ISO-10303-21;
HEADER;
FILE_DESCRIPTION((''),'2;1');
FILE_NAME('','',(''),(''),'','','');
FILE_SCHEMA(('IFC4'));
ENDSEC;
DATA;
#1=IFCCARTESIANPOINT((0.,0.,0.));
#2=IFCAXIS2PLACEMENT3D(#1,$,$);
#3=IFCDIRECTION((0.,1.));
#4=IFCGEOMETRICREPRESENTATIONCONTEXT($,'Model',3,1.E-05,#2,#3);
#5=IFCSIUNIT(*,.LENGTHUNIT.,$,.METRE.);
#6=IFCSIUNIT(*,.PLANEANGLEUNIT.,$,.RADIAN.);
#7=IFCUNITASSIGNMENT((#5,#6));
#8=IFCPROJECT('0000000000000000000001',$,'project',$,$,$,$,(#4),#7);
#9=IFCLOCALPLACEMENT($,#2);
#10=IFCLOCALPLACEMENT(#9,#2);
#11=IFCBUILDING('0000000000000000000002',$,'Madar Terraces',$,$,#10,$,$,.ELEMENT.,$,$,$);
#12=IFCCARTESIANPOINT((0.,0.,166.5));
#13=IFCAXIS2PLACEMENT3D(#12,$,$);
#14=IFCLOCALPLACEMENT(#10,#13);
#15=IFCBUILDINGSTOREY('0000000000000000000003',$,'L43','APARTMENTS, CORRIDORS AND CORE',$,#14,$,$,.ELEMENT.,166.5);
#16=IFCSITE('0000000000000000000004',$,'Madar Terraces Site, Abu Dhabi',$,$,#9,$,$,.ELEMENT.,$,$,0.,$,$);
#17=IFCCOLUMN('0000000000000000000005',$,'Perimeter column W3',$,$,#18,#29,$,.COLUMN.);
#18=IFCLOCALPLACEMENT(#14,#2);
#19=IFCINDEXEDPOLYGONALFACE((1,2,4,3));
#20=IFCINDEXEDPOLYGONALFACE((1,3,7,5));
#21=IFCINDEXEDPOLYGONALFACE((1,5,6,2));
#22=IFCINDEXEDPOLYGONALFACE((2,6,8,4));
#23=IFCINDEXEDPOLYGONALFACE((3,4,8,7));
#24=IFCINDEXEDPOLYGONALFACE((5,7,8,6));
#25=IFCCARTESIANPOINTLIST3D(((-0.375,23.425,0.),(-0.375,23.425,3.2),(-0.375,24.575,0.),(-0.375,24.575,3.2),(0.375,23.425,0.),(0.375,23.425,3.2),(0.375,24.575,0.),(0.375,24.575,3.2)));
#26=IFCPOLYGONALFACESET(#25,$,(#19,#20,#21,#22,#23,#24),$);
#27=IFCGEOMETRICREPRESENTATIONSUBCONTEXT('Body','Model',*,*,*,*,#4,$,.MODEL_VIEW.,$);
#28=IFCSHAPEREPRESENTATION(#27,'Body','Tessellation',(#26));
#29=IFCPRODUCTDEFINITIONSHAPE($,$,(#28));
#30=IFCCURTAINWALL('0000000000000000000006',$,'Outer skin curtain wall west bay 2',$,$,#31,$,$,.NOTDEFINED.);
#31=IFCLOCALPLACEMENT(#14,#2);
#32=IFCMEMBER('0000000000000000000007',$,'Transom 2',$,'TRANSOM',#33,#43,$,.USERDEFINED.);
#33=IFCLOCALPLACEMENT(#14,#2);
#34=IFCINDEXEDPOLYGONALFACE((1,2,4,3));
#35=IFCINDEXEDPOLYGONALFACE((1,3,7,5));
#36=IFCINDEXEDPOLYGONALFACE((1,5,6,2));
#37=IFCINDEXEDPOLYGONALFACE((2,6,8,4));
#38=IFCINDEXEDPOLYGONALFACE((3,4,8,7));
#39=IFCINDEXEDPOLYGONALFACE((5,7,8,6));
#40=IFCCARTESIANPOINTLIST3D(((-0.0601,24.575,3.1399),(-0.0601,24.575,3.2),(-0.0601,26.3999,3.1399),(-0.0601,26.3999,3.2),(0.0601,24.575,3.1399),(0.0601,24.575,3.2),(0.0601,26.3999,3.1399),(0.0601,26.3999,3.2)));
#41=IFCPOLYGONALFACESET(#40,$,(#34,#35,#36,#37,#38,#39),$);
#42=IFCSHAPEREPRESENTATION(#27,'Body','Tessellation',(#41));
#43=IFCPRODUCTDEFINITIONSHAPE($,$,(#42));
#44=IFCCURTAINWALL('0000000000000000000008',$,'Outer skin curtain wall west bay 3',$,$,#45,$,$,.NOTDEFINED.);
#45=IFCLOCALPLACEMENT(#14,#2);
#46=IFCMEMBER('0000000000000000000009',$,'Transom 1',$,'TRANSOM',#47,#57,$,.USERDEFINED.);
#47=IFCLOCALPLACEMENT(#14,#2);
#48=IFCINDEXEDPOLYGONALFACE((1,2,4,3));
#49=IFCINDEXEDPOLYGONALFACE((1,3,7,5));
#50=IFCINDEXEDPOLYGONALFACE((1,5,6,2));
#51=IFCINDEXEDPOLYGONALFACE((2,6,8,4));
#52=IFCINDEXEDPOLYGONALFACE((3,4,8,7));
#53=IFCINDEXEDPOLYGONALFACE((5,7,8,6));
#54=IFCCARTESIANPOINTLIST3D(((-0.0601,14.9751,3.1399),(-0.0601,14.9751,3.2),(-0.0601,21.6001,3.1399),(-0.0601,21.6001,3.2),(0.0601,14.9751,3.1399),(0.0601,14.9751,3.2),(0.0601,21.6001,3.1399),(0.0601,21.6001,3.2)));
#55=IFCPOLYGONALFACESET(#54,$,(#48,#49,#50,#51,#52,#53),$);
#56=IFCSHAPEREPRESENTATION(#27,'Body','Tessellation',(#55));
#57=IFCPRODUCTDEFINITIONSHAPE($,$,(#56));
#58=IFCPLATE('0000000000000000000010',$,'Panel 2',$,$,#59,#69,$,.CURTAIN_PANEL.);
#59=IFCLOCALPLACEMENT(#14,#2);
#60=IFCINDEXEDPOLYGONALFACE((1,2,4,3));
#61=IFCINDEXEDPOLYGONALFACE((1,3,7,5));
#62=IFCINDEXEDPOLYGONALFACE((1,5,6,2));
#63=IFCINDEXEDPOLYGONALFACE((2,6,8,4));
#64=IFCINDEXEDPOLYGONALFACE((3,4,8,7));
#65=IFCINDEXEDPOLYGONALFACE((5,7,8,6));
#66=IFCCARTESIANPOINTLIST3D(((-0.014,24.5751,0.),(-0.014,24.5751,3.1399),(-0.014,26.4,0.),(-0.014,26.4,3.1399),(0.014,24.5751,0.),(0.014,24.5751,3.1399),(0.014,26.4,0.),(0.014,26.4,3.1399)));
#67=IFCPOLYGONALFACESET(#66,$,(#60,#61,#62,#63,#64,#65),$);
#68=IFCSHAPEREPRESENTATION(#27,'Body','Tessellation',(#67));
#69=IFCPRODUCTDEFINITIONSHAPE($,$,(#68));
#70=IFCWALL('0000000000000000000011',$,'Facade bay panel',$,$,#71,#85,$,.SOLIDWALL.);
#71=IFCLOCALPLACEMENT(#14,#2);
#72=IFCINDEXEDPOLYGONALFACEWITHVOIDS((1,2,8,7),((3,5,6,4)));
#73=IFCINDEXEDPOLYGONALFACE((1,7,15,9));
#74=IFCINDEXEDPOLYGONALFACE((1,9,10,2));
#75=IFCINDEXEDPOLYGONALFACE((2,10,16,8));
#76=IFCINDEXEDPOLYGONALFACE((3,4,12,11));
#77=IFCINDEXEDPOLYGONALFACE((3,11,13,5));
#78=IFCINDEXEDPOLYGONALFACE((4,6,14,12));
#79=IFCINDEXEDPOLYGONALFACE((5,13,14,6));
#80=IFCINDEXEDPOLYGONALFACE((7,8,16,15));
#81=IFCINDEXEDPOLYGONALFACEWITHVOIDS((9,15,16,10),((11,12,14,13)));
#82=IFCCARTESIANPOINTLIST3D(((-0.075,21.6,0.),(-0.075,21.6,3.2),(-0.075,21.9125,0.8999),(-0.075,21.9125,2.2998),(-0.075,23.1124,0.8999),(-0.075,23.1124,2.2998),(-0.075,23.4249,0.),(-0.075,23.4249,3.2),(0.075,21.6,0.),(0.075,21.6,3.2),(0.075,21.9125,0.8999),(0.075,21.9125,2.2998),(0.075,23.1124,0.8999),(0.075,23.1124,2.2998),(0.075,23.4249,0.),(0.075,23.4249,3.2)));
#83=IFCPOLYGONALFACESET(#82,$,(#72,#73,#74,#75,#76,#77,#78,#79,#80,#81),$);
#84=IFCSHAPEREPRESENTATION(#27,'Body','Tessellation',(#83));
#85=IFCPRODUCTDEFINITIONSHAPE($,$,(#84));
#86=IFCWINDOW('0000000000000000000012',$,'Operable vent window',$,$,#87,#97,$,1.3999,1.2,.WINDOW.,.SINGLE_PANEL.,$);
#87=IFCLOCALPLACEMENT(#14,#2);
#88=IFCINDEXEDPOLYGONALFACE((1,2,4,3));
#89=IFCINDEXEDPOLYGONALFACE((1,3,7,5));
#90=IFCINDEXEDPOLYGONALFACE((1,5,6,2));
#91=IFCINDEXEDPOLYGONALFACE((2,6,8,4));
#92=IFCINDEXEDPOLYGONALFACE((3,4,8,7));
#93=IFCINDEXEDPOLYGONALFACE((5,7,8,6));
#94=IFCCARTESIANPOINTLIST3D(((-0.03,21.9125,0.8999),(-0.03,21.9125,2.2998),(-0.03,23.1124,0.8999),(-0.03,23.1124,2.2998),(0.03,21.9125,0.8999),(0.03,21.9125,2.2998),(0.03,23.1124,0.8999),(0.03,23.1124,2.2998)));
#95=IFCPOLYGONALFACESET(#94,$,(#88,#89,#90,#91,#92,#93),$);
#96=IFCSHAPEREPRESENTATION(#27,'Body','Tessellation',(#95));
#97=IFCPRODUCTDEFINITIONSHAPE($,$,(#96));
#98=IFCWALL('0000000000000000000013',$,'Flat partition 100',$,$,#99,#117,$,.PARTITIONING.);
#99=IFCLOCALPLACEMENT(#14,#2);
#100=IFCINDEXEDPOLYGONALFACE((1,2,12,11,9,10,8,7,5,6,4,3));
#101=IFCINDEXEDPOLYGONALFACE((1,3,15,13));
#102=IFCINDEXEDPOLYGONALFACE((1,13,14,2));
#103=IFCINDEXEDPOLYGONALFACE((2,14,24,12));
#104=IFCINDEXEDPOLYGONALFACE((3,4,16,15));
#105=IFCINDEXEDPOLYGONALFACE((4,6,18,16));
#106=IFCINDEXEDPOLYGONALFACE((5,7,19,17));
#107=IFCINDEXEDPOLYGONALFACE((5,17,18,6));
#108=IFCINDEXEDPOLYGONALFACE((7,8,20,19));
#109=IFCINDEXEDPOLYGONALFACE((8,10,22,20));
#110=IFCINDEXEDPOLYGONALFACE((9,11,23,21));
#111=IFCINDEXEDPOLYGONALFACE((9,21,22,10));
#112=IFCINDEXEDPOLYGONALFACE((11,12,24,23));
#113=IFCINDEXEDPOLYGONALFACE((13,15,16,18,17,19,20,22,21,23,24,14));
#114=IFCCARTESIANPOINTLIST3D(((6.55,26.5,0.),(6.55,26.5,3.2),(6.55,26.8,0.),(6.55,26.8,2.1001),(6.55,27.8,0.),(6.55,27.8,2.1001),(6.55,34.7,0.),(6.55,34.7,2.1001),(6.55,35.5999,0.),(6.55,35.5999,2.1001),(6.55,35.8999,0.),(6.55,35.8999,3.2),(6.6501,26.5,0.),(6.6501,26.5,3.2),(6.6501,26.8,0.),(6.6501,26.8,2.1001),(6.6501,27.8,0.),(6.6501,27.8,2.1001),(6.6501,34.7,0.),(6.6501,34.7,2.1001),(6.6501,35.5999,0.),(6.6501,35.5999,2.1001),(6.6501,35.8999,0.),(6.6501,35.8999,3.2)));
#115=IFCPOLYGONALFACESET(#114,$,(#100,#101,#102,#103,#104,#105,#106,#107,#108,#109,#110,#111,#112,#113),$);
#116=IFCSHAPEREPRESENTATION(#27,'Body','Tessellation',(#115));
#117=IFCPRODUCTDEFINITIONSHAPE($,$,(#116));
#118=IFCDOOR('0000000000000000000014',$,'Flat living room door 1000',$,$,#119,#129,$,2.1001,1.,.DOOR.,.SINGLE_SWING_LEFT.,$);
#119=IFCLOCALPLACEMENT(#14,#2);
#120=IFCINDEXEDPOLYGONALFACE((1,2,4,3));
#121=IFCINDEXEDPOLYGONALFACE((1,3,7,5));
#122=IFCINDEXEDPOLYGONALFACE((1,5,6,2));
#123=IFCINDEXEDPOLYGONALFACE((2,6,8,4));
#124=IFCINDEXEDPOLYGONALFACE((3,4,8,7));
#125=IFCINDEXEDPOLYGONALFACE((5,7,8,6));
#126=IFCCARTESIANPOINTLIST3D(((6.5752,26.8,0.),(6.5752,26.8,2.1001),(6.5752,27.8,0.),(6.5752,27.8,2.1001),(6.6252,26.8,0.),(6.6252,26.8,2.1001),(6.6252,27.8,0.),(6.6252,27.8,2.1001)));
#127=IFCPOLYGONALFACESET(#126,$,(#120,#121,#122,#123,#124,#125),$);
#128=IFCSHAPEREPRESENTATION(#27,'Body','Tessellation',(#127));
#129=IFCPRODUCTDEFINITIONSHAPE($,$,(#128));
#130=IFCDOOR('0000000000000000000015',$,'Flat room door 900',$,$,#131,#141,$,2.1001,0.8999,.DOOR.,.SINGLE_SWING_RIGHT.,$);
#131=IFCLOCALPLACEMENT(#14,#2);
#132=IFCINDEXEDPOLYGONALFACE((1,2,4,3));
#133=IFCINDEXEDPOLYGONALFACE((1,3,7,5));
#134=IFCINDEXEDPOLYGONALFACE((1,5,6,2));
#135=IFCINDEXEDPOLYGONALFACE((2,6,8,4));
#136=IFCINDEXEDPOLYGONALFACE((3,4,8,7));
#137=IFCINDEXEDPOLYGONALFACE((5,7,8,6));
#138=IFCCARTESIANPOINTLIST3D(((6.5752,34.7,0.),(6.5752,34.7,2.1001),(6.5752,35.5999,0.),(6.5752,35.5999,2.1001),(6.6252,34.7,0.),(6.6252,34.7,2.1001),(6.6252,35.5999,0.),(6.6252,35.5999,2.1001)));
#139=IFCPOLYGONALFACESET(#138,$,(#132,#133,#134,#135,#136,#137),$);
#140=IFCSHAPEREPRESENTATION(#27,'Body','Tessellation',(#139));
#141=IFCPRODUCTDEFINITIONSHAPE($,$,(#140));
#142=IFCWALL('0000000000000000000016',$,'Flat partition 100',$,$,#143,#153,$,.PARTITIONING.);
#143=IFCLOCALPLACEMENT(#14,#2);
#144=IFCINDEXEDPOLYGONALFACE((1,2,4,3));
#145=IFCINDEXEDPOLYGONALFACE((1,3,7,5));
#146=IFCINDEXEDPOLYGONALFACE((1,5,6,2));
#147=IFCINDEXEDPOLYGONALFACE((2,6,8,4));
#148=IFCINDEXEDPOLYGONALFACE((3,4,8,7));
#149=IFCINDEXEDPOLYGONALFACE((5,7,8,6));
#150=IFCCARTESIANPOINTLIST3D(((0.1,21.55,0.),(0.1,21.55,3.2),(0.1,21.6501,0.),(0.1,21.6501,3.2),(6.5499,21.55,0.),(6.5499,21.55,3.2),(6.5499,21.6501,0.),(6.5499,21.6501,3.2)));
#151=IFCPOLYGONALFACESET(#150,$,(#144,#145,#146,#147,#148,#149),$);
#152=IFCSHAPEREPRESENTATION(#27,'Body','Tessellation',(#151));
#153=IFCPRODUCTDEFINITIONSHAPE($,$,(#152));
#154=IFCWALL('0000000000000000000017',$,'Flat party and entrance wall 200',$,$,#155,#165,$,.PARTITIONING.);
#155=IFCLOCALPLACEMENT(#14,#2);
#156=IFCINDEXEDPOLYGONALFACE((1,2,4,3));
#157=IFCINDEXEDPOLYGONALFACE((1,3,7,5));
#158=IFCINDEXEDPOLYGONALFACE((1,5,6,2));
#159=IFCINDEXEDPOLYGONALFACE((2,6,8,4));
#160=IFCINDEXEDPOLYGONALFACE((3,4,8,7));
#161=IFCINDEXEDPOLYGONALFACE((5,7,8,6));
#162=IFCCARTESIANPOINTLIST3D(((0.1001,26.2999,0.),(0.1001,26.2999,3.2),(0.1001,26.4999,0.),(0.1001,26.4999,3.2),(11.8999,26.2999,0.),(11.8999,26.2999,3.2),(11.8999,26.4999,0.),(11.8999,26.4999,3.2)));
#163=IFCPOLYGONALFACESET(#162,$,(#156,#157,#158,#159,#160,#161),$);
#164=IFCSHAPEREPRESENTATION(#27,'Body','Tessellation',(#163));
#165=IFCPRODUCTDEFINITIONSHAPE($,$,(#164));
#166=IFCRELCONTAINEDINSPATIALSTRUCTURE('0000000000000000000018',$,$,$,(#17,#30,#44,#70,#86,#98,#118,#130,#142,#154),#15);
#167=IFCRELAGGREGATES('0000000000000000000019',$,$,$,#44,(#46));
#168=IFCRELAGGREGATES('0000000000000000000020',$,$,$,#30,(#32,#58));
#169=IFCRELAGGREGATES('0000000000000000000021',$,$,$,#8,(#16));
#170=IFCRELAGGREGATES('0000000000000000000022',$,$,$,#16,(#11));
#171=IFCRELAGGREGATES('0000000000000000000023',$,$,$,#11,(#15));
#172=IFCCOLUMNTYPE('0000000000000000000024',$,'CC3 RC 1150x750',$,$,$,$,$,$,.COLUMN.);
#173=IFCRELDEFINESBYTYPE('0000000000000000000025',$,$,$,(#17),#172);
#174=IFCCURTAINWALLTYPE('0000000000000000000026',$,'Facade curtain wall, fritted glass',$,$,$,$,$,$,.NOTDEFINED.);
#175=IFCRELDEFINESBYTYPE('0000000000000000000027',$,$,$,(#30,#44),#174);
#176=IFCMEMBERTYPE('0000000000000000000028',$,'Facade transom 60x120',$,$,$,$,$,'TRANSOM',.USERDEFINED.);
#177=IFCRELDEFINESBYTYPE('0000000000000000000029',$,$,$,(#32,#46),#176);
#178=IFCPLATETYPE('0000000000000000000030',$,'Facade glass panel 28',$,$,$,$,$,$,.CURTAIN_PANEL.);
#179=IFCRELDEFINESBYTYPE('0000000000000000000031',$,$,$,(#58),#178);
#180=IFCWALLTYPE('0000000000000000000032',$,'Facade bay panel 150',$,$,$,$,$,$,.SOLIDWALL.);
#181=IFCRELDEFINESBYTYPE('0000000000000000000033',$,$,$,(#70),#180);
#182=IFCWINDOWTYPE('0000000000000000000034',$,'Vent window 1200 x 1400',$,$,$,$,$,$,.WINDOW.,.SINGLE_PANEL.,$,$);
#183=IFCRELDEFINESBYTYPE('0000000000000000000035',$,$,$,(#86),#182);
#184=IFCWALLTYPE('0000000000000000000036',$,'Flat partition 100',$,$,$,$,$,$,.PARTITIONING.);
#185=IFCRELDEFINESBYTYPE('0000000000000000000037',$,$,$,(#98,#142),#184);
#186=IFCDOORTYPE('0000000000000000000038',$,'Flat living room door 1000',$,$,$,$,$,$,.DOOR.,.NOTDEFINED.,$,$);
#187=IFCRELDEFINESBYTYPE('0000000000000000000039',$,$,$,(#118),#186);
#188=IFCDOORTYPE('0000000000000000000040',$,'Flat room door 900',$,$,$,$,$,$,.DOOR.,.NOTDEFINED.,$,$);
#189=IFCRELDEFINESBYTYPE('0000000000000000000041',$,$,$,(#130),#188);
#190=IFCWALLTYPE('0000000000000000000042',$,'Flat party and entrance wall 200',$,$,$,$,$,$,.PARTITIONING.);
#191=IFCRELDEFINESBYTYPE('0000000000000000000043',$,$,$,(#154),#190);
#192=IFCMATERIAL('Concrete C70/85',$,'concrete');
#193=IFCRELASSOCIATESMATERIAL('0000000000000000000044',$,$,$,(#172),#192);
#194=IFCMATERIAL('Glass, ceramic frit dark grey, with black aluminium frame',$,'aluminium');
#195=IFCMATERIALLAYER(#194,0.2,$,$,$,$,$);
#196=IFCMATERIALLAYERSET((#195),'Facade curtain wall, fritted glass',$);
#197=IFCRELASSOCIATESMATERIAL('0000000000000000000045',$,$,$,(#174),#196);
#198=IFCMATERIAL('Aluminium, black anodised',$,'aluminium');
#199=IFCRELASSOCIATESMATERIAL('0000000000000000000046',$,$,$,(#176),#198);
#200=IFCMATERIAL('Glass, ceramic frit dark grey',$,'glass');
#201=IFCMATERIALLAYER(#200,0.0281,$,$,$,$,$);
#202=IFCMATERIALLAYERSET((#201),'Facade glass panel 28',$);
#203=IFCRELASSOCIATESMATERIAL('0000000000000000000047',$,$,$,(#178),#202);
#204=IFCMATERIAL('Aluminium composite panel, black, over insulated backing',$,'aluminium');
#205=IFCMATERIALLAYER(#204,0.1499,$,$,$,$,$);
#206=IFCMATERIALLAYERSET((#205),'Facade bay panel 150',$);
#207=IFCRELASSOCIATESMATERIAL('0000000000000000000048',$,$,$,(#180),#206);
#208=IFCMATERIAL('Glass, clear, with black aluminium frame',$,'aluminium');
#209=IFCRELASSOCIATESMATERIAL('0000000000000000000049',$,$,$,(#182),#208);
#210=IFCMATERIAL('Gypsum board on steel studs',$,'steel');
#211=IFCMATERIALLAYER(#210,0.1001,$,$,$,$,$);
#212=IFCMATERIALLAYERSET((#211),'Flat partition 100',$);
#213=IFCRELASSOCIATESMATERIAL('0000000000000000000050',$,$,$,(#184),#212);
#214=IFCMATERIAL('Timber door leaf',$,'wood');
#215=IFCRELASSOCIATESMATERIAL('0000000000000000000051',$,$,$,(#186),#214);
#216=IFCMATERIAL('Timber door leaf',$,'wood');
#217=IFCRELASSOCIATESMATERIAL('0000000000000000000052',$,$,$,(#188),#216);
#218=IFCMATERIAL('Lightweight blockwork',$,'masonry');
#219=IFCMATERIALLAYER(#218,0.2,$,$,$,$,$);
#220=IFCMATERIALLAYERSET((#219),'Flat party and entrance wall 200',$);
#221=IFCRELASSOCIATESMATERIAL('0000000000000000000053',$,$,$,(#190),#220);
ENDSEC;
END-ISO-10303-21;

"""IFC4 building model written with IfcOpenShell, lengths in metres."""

from ifc_helpers import new_model, si_unit, direction, frame, frame_2d, origin, origin_2d, place, context, subcontext, project, spatial, rectangle, extrude, material, layer, layer_set, material_profile, profile_set, type_object, element, fill, aggregate, save


model = new_model("IFC4")

# Units and contexts
model_context = context("Model", 3, precision=1e-05, world=origin(), true_north=direction((0.0, 1.0)))
body_context = subcontext(model_context, "Body", "Model", "MODEL_VIEW")
ifc_project = project(units=[si_unit("LENGTHUNIT", "METRE"), si_unit("PLANEANGLEUNIT", "RADIAN")], contexts=[model_context])

# Site, building, storey
site_placement = place(None, origin())
site = spatial("IfcSite", under=ifc_project, at=site_placement, Name="Madar Terraces Site, Abu Dhabi", CompositionType="ELEMENT", RefElevation=0.0)
building_placement = place(site_placement, origin())
building = spatial("IfcBuilding", under=site, at=building_placement, Name="Madar Terraces", CompositionType="ELEMENT")
storey_placement = place(building_placement, frame((0.0, 0.0, 166.5)))
storey = spatial("IfcBuildingStorey", under=building, at=storey_placement, Name="L43", Description="APARTMENTS, CORRIDORS AND CORE", CompositionType="ELEMENT", Elevation=166.5)

# Column
ifc_material_1 = material(Name="Concrete C70/85", Category="concrete")
ifc_material_profile_1 = material_profile(ifc_material_1, rectangle(XDim=1.1499, YDim=0.75, at=origin_2d()), Name="CC3 RC 1150x750")
ifc_profile_set_1 = profile_set([ifc_material_profile_1], Name="Concrete C70/85")
column_type = type_object("IfcColumnType", Name="CC3 RC 1150x750", PredefinedType="COLUMN", material=ifc_profile_set_1)
column_placement = place(storey_placement, frame((0.0, 24.0, 0.0), z_axis=(0.0, 0.0, 1.0), x_axis=(0.0, 1.0, 0.0)))
element("IfcColumn", 1, at=column_placement, inside=storey, type_object=column_type, Name="Perimeter column W3", PredefinedType="COLUMN", context=body_context, shape_type="SweptSolid", body=[
    extrude(rectangle(XDim=1.1499, YDim=0.75, at=origin_2d()), origin(), (0.0, 0.0, 1.0), 3.2),
])

# Curtain walls, members
ifc_material_2 = material(Name="Glass, ceramic frit dark grey, with black aluminium frame", Category="aluminium")
ifc_layer_1 = layer(ifc_material_2, 0.2)
ifc_layer_set_1 = layer_set([ifc_layer_1], Name="Facade curtain wall, fritted glass")
curtain_wall_type = type_object("IfcCurtainWallType", Name="Facade curtain wall, fritted glass", PredefinedType="NOTDEFINED", material=ifc_layer_set_1)
curtain_wall_1_placement = place(storey_placement, origin())
curtain_wall_1 = element("IfcCurtainWall", 2, at=curtain_wall_1_placement, inside=storey, type_object=curtain_wall_type, Name="Outer skin curtain wall west bay 2", PredefinedType="NOTDEFINED")
ifc_material_3 = material(Name="Aluminium, black anodised", Category="aluminium")
ifc_material_profile_2 = material_profile(ifc_material_3, rectangle(XDim=0.1201, YDim=0.0601, at=origin_2d()), Name="Facade transom 60x120")
ifc_profile_set_2 = profile_set([ifc_material_profile_2], Name="Aluminium, black anodised")
member_type = type_object("IfcMemberType", Name="Facade transom 60x120", ElementType="TRANSOM", PredefinedType="USERDEFINED", material=ifc_profile_set_2)
member_1_placement = place(storey_placement, frame((0.0, 26.3999, 3.1699), z_axis=(0.0, -1.0, 0.0), x_axis=(1.0, 0.0, 0.0)))
member_1 = element("IfcMember", 3, at=member_1_placement, type_object=member_type, Name="Transom 2", ObjectType="TRANSOM", PredefinedType="USERDEFINED", context=body_context, shape_type="SweptSolid", body=[
    extrude(rectangle(XDim=0.1201, YDim=0.0601, at=origin_2d()), origin(), (0.0, 0.0, 1.0), 1.825),
])
curtain_wall_2_placement = place(storey_placement, origin())
curtain_wall_2 = element("IfcCurtainWall", 4, at=curtain_wall_2_placement, inside=storey, type_object=curtain_wall_type, Name="Outer skin curtain wall west bay 3", PredefinedType="NOTDEFINED")
member_2_placement = place(storey_placement, frame((0.0, 21.6001, 3.1699), z_axis=(0.0, -1.0, 0.0), x_axis=(1.0, 0.0, 0.0)))
member_2 = element("IfcMember", 5, at=member_2_placement, type_object=member_type, Name="Transom 1", ObjectType="TRANSOM", PredefinedType="USERDEFINED", context=body_context, shape_type="SweptSolid", body=[
    extrude(rectangle(XDim=0.1201, YDim=0.0601, at=origin_2d()), origin(), (0.0, 0.0, 1.0), 6.625),
])
aggregate(curtain_wall_2, [member_2])

# Plate
ifc_material_4 = material(Name="Glass, ceramic frit dark grey", Category="glass")
ifc_layer_2 = layer(ifc_material_4, 0.0281)
ifc_layer_set_2 = layer_set([ifc_layer_2], Name="Facade glass panel 28")
plate_type = type_object("IfcPlateType", Name="Facade glass panel 28", PredefinedType="CURTAIN_PANEL", material=ifc_layer_set_2)
plate_placement = place(storey_placement, frame((0.0, 25.4875, 0.0), z_axis=(0.0, 0.0, 1.0), x_axis=(0.0, -1.0, 0.0)))
plate = element("IfcPlate", 6, at=plate_placement, type_object=plate_type, Name="Panel 2", PredefinedType="CURTAIN_PANEL", context=body_context, shape_type="SweptSolid", body=[
    extrude(rectangle(XDim=1.825, YDim=0.0281, at=origin_2d()), origin(), (0.0, 0.0, 1.0), 3.1399),
])
aggregate(curtain_wall_1, [member_1, plate])

# Shared definitions
ifc_material_5 = material(Name="Aluminium composite panel, black, over insulated backing", Category="aluminium")
ifc_layer_3 = layer(ifc_material_5, 0.1499)
ifc_layer_set_3 = layer_set([ifc_layer_3], Name="Facade bay panel 150")
wall_type_1 = type_object("IfcWallType", Name="Facade bay panel 150", PredefinedType="SOLIDWALL", material=ifc_layer_set_3)

# Wall, opening, window
wall_1_placement = place(storey_placement, frame((0.0, 23.425, 0.0), z_axis=(0.0, 0.0, 1.0), x_axis=(0.0, -1.0, 0.0)))
wall_1 = element("IfcWall", 7, at=wall_1_placement, inside=storey, type_object=wall_type_1, Name="Facade bay panel", PredefinedType="SOLIDWALL", context=body_context, shape_type="SweptSolid", body=[
    extrude(rectangle(XDim=1.825, YDim=0.1499, at=frame_2d((0.9126, 0.0))), origin(), (0.0, 0.0, 1.0), 3.2),
])
opening_1_placement = place(wall_1_placement, frame((0.3125, 0.0, 0.8999)))
opening_1 = element("IfcOpeningElement", 8, at=opening_1_placement, cuts=wall_1, PredefinedType="OPENING", context=body_context, shape_type="SweptSolid", body=[
    extrude(rectangle(XDim=1.2, YDim=1.3999, at=frame_2d((0.6001, 0.7))), frame((0.0, 0.085, 0.0), z_axis=(0.0, -1.0, 0.0), x_axis=(1.0, 0.0, 0.0)), (0.0, 0.0, 1.0), 0.1699),
])
ifc_material_6 = material(Name="Glass, clear, with black aluminium frame", Category="aluminium")
window_type = type_object("IfcWindowType", Name="Vent window 1200 x 1400", PartitioningType="SINGLE_PANEL", PredefinedType="WINDOW", material=ifc_material_6)
window_placement = place(opening_1_placement, origin())
window = element("IfcWindow", 9, at=window_placement, inside=storey, type_object=window_type, Name="Operable vent window", OverallHeight=1.3999, OverallWidth=1.2, PartitioningType="SINGLE_PANEL", PredefinedType="WINDOW", context=body_context, shape_type="SweptSolid", body=[
    extrude(rectangle(XDim=1.2, YDim=1.3999, at=frame_2d((0.6001, 0.7))), frame((0.0, 0.03, 0.0), z_axis=(0.0, -1.0, 0.0), x_axis=(1.0, 0.0, 0.0)), (0.0, 0.0, 1.0), 0.0601),
])
fill(opening_1, window)

# Wall, openings, doors
ifc_material_7 = material(Name="Gypsum board on steel studs", Category="steel")
ifc_layer_4 = layer(ifc_material_7, 0.1001)
ifc_layer_set_4 = layer_set([ifc_layer_4], Name="Flat partition 100")
wall_type_2 = type_object("IfcWallType", Name="Flat partition 100", PredefinedType="PARTITIONING", material=ifc_layer_set_4)
wall_2_placement = place(storey_placement, frame((6.6001, 26.5, 0.0), z_axis=(0.0, 0.0, 1.0), x_axis=(0.0, 1.0, 0.0)))
wall_2 = element("IfcWall", 10, at=wall_2_placement, inside=storey, type_object=wall_type_2, Name="Flat partition 100", PredefinedType="PARTITIONING", context=body_context, shape_type="SweptSolid", body=[
    extrude(rectangle(XDim=9.3999, YDim=0.1001, at=frame_2d((4.7, 0.0))), origin(), (0.0, 0.0, 1.0), 3.2),
])
opening_2_placement = place(wall_2_placement, frame((8.2, 0.0, 0.0)))
opening_2 = element("IfcOpeningElement", 11, at=opening_2_placement, cuts=wall_2, PredefinedType="OPENING", context=body_context, shape_type="SweptSolid", body=[
    extrude(rectangle(XDim=0.8999, YDim=2.1001, at=frame_2d((0.45, 1.05))), frame((0.0, 0.0601, 0.0), z_axis=(0.0, -1.0, 0.0), x_axis=(1.0, 0.0, 0.0)), (0.0, 0.0, 1.0), 0.1201),
])
opening_3_placement = place(wall_2_placement, frame((0.3, 0.0, 0.0)))
opening_3 = element("IfcOpeningElement", 12, at=opening_3_placement, cuts=wall_2, PredefinedType="OPENING", context=body_context, shape_type="SweptSolid", body=[
    extrude(rectangle(XDim=1.0, YDim=2.1001, at=frame_2d((0.5, 1.05))), frame((0.0, 0.0601, 0.0), z_axis=(0.0, -1.0, 0.0), x_axis=(1.0, 0.0, 0.0)), (0.0, 0.0, 1.0), 0.1201),
])
ifc_material_8 = material(Name="Timber door leaf", Category="wood")
door_type_1 = type_object("IfcDoorType", Name="Flat living room door 1000", OperationType="NOTDEFINED", PredefinedType="DOOR", material=ifc_material_8)
door_1_placement = place(opening_3_placement, origin())
door_1 = element("IfcDoor", 13, at=door_1_placement, inside=storey, type_object=door_type_1, Name="Flat living room door 1000", OperationType="SINGLE_SWING_LEFT", OverallHeight=2.1001, OverallWidth=1.0, PredefinedType="DOOR", context=body_context, shape_type="SweptSolid", body=[
    extrude(rectangle(XDim=1.0, YDim=2.1001, at=frame_2d((0.5, 1.05))), frame((0.0, 0.0249, 0.0), z_axis=(0.0, -1.0, 0.0), x_axis=(1.0, 0.0, 0.0)), (0.0, 0.0, 1.0), 0.05),
])
fill(opening_3, door_1)
ifc_material_9 = material(Name="Timber door leaf", Category="wood")
door_type_2 = type_object("IfcDoorType", Name="Flat room door 900", OperationType="NOTDEFINED", PredefinedType="DOOR", material=ifc_material_9)
door_2_placement = place(opening_2_placement, origin())
door_2 = element("IfcDoor", 14, at=door_2_placement, inside=storey, type_object=door_type_2, Name="Flat room door 900", OperationType="SINGLE_SWING_RIGHT", OverallHeight=2.1001, OverallWidth=0.8999, PredefinedType="DOOR", context=body_context, shape_type="SweptSolid", body=[
    extrude(rectangle(XDim=0.8999, YDim=2.1001, at=frame_2d((0.45, 1.05))), frame((0.0, 0.0249, 0.0), z_axis=(0.0, -1.0, 0.0), x_axis=(1.0, 0.0, 0.0)), (0.0, 0.0, 1.0), 0.05),
])
fill(opening_2, door_2)

# Walls
wall_3_placement = place(storey_placement, frame((6.55, 21.6001, 0.0), z_axis=(0.0, 0.0, 1.0), x_axis=(-1.0, 0.0, 0.0)))
element("IfcWall", 15, at=wall_3_placement, inside=storey, type_object=wall_type_2, Name="Flat partition 100", PredefinedType="PARTITIONING", context=body_context, shape_type="SweptSolid", body=[
    extrude(rectangle(XDim=6.45, YDim=0.1001, at=frame_2d((3.2251, 0.0))), origin(), (0.0, 0.0, 1.0), 3.2),
])
ifc_material_10 = material(Name="Lightweight blockwork", Category="masonry")
ifc_layer_5 = layer(ifc_material_10, 0.2)
ifc_layer_set_5 = layer_set([ifc_layer_5], Name="Flat party and entrance wall 200")
wall_type_3 = type_object("IfcWallType", Name="Flat party and entrance wall 200", PredefinedType="PARTITIONING", material=ifc_layer_set_5)
wall_4_placement = place(storey_placement, frame((0.1001, 26.3999, 0.0), z_axis=(0.0, 0.0, 1.0), x_axis=(1.0, 0.0, 0.0)))
element("IfcWall", 16, at=wall_4_placement, inside=storey, type_object=wall_type_3, Name="Flat party and entrance wall 200", PredefinedType="PARTITIONING", context=body_context, shape_type="SweptSolid", body=[
    extrude(rectangle(XDim=11.7998, YDim=0.2, at=frame_2d((5.8999, 0.0))), origin(), (0.0, 0.0, 1.0), 3.2),
])

save(model, "model.ifc")
